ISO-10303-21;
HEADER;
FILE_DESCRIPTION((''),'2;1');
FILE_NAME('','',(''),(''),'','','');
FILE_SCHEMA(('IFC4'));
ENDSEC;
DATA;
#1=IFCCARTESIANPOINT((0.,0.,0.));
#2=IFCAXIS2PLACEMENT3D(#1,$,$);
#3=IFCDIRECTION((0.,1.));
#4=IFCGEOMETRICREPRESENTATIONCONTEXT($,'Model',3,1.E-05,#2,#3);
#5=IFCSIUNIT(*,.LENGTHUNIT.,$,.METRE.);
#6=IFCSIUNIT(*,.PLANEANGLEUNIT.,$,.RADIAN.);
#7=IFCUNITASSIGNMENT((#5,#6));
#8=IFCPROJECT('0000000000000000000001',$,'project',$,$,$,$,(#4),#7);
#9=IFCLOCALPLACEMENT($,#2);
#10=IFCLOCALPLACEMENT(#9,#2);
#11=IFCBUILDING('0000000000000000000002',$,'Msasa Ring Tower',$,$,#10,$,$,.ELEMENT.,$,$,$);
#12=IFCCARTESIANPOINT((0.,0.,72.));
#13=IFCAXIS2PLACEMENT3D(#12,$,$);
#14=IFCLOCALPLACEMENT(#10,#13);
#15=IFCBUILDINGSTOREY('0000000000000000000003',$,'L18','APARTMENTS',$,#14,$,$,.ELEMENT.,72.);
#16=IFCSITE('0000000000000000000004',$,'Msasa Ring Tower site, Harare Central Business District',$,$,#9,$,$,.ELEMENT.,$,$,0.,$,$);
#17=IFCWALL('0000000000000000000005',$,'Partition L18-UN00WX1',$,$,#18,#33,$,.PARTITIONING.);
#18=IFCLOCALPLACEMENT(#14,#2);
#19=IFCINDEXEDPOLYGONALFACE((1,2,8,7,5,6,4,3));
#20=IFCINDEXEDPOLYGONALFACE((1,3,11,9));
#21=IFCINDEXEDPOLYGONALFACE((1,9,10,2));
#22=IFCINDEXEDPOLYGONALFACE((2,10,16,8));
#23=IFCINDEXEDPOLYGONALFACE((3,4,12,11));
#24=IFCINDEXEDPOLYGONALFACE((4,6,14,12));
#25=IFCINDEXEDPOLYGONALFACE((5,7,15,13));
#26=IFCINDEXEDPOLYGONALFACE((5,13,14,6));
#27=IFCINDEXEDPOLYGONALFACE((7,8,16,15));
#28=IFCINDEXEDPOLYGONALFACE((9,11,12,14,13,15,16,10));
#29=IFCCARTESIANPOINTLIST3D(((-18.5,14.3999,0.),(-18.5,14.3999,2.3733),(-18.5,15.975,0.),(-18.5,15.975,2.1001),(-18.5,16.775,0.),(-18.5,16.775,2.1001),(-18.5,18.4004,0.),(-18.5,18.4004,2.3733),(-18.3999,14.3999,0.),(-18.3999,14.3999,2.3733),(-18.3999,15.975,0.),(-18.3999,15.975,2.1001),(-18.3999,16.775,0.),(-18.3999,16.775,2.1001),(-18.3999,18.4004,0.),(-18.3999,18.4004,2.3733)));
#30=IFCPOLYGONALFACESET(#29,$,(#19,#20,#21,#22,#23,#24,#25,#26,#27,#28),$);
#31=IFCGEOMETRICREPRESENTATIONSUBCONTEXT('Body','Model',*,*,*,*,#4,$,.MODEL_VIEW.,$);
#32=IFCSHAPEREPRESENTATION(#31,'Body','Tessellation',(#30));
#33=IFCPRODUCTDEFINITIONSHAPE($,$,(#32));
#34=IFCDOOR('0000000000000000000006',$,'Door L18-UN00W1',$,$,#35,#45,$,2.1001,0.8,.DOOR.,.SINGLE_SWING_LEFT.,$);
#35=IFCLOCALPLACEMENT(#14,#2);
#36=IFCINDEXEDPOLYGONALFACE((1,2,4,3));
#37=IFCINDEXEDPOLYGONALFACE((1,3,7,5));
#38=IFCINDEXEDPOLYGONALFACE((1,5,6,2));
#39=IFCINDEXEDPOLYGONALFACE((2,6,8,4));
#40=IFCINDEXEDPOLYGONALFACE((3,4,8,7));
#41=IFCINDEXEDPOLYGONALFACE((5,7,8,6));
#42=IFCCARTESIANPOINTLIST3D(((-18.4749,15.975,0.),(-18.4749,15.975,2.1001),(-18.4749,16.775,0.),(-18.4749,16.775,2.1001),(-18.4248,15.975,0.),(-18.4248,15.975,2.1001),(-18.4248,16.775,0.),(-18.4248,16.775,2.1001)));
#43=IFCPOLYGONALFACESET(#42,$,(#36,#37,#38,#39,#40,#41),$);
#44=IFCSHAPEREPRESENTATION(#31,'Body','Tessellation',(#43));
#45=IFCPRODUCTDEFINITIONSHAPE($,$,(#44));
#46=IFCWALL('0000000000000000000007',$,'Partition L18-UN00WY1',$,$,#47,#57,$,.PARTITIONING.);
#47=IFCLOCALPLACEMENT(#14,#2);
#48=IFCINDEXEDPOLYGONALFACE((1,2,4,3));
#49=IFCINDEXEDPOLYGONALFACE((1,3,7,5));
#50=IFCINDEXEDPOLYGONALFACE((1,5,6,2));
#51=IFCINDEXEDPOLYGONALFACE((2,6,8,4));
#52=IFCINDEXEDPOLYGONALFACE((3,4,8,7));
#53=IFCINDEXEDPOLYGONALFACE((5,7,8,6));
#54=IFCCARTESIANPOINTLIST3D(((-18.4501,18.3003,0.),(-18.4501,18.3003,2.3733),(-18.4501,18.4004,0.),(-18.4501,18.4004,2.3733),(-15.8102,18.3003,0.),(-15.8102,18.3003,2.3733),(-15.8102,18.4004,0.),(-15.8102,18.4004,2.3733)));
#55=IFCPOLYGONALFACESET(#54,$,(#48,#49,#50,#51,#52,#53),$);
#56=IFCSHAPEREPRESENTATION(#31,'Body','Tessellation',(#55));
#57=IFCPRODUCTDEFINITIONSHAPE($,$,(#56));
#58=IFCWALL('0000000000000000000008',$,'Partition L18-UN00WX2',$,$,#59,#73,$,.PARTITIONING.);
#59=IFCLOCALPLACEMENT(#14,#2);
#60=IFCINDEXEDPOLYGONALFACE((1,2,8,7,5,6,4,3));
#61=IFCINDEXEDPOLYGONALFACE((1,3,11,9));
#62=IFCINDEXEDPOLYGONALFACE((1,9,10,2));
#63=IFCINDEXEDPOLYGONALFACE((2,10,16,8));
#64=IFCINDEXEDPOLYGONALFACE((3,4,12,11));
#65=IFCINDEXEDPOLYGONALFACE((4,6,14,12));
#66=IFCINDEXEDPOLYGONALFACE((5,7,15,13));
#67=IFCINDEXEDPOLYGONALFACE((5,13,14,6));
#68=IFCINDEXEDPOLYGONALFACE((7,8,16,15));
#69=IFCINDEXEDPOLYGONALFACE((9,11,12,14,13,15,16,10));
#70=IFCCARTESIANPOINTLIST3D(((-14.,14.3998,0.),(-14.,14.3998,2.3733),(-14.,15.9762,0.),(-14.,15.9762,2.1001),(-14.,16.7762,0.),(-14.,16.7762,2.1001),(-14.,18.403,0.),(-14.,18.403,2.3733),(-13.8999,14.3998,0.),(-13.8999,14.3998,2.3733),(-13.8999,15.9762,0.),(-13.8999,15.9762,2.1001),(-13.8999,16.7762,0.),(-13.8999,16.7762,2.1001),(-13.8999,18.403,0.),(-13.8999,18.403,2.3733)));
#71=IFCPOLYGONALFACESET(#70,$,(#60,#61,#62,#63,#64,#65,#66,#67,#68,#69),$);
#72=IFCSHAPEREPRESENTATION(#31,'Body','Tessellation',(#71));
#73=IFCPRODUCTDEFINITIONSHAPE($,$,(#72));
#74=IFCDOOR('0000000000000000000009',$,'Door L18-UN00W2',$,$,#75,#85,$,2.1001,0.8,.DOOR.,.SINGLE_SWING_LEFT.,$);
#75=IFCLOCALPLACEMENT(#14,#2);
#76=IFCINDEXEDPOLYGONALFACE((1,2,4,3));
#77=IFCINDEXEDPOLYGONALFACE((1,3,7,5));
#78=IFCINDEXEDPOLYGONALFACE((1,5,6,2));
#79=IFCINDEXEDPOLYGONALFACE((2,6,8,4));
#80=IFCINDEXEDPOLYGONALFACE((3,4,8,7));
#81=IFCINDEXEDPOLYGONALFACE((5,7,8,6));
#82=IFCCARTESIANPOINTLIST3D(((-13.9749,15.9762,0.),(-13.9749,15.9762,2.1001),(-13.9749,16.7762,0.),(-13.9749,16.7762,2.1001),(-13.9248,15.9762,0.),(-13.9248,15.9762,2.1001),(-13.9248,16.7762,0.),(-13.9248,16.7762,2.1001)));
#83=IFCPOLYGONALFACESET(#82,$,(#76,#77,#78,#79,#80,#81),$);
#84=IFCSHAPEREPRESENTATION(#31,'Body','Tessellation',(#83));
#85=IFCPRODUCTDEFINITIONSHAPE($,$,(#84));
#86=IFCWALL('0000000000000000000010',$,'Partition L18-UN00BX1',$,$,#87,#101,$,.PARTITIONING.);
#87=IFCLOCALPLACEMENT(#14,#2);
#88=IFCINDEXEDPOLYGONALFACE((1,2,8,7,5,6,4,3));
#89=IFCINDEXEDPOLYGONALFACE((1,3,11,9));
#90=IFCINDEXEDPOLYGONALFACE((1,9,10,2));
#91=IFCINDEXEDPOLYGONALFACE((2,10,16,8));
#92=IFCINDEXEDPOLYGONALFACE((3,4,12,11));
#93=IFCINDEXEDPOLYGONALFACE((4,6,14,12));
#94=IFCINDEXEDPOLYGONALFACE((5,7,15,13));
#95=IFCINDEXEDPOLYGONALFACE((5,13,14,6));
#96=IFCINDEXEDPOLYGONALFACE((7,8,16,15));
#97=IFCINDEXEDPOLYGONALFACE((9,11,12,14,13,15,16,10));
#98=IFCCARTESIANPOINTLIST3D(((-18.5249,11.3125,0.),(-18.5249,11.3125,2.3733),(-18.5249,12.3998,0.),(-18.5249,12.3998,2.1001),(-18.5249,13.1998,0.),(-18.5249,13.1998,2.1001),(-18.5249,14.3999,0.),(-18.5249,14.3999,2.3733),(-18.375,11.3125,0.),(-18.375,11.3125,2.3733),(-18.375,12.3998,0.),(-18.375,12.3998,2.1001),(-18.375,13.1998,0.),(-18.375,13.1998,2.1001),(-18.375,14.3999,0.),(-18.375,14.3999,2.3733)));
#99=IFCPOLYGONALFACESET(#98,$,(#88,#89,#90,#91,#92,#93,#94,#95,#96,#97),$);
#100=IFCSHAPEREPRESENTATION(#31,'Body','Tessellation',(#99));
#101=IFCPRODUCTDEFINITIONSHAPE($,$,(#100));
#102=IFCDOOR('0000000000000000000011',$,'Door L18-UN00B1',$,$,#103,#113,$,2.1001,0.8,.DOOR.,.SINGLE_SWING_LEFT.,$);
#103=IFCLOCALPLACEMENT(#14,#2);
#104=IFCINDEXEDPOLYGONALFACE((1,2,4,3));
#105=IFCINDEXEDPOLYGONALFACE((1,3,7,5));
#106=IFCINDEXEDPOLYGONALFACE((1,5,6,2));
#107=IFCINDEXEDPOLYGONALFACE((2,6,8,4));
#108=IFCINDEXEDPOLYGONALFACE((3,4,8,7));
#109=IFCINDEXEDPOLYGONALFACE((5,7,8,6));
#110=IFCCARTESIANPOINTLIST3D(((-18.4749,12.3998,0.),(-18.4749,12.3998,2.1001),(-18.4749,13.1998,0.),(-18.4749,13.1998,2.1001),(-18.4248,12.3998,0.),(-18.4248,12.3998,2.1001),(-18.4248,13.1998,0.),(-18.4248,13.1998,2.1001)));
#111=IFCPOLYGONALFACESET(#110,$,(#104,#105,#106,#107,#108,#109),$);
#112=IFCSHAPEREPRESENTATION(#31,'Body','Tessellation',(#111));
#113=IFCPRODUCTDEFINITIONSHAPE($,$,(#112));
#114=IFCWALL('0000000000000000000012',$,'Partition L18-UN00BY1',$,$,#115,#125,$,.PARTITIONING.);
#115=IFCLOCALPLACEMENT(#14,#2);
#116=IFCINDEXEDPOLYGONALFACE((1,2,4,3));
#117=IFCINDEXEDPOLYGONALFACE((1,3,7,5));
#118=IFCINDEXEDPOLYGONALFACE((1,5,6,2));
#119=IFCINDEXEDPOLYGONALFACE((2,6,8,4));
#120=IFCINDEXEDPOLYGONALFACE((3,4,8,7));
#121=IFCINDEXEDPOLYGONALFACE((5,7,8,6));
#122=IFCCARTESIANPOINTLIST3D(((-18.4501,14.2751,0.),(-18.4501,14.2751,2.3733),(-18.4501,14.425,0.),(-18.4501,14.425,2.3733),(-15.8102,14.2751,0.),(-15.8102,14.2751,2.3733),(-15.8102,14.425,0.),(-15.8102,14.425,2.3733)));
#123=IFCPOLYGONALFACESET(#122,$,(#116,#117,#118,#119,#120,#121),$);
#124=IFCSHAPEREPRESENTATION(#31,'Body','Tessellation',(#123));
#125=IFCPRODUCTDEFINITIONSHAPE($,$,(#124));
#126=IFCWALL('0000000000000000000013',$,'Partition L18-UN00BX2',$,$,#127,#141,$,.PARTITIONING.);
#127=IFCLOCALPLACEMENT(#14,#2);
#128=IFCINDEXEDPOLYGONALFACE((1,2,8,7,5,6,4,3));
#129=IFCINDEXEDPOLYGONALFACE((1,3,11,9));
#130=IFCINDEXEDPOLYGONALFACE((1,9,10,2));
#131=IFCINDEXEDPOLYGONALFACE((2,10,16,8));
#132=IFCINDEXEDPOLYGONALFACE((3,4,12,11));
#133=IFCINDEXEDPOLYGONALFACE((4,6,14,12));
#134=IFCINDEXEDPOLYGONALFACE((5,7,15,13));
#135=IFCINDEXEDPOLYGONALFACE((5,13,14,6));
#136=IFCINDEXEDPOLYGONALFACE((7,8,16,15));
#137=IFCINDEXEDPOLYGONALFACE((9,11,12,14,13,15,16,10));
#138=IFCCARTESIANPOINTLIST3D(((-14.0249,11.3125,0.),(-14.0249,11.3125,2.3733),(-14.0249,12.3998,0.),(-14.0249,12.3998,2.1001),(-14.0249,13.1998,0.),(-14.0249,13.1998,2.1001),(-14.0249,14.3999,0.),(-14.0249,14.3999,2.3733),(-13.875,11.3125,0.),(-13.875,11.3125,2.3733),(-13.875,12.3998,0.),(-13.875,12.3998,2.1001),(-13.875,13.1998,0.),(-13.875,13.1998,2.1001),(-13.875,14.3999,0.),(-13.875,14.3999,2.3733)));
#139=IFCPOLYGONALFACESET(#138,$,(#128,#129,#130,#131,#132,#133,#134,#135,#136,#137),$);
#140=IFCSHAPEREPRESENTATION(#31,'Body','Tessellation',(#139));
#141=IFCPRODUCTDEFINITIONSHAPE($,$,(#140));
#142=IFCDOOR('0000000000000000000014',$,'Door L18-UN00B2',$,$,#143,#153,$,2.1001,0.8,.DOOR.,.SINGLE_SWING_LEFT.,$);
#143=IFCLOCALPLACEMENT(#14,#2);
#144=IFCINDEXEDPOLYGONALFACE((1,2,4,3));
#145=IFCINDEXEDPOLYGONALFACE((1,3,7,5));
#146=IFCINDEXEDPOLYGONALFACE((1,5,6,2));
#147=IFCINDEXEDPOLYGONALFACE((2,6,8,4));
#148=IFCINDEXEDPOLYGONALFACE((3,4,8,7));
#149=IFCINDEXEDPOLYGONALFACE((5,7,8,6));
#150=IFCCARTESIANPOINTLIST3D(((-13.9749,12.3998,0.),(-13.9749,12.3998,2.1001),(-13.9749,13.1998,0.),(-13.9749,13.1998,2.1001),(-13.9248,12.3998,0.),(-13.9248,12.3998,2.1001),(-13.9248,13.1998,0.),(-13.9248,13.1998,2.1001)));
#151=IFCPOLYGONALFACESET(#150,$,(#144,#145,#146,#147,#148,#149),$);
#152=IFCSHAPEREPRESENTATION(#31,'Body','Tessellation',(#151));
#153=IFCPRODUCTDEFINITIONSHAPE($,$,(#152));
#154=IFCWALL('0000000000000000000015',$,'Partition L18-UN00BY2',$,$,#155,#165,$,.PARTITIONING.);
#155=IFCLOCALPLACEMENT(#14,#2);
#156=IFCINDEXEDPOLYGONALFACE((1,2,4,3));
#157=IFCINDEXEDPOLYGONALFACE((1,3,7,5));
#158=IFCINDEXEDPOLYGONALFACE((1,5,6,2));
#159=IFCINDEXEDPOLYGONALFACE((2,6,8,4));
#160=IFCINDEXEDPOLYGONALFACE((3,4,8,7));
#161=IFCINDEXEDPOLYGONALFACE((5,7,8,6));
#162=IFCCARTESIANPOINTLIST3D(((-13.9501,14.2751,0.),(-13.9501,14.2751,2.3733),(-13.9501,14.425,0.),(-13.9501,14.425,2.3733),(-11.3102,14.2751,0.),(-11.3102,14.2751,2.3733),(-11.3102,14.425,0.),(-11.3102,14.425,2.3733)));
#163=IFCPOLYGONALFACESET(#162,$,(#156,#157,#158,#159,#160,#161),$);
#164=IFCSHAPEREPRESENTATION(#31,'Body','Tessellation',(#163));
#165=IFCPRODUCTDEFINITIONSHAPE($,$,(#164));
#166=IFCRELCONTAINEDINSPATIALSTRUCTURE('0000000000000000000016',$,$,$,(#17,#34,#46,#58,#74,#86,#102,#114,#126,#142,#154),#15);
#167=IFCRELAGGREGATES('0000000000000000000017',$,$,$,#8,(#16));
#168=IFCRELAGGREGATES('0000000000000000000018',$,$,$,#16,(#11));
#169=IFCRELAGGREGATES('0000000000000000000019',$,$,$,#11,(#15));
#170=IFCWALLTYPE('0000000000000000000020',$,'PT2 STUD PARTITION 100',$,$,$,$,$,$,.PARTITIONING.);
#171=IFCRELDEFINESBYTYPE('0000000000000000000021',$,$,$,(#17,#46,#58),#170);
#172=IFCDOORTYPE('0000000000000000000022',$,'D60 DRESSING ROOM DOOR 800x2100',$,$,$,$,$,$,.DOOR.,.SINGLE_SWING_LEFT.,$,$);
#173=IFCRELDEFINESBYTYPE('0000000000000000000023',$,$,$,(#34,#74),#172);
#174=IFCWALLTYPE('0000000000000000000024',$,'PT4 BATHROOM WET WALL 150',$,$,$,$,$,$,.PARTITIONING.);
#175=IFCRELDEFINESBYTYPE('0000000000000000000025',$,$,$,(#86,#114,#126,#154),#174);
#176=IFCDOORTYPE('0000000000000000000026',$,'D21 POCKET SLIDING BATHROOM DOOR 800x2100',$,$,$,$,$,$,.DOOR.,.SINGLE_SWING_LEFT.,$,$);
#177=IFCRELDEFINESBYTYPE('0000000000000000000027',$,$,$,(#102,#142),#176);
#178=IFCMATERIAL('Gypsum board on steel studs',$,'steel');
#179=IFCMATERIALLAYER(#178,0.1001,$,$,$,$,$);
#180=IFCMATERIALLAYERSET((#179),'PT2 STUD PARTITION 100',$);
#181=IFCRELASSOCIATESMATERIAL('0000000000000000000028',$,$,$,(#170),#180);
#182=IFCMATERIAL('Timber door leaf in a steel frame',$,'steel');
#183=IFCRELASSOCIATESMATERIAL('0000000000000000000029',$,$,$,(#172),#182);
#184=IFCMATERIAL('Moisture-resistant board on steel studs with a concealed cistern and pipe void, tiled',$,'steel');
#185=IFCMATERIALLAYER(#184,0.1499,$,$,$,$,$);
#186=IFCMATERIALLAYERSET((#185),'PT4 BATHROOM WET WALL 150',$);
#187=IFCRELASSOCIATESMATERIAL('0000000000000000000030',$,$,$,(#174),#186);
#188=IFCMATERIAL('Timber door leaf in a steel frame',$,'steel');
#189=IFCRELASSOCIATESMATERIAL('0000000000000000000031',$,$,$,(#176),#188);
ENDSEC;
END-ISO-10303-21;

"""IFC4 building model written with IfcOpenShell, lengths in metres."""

from ifc_helpers import new_model, si_unit, direction, frame, frame_2d, origin, place, context, subcontext, project, spatial, rectangle, extrude, material, layer, layer_set, type_object, element, fill, save


model = new_model("IFC4")

# Units and contexts
model_context = context("Model", 3, precision=1e-05, world=origin(), true_north=direction((0.0, 1.0)))
body_context = subcontext(model_context, "Body", "Model", "MODEL_VIEW")
ifc_project = project(units=[si_unit("LENGTHUNIT", "METRE"), si_unit("PLANEANGLEUNIT", "RADIAN")], contexts=[model_context])

# Site, building, storey
site_placement = place(None, origin())
site = spatial("IfcSite", under=ifc_project, at=site_placement, Name="Msasa Ring Tower site, Harare Central Business District", CompositionType="ELEMENT", RefElevation=0.0)
building_placement = place(site_placement, origin())
building = spatial("IfcBuilding", under=site, at=building_placement, Name="Msasa Ring Tower", CompositionType="ELEMENT")
storey_placement = place(building_placement, frame((0.0, 0.0, 72.0)))
storey = spatial("IfcBuildingStorey", under=building, at=storey_placement, Name="L18", Description="APARTMENTS", CompositionType="ELEMENT", Elevation=72.0)

# Shared definitions
ifc_material_1 = material(Name="Gypsum board on steel studs", Category="steel")
ifc_layer_1 = layer(ifc_material_1, 0.1001)
ifc_layer_set_1 = layer_set([ifc_layer_1], Name="PT2 STUD PARTITION 100")
wall_type_1 = type_object("IfcWallType", Name="PT2 STUD PARTITION 100", PredefinedType="PARTITIONING", material=ifc_layer_set_1)

# Wall, opening, door
wall_1_placement = place(storey_placement, frame((-18.45, 14.3999, 0.0), z_axis=(0.0, 0.0, 1.0), x_axis=(0.0, 1.0, 0.0)))
wall_1 = element("IfcWall", 1, at=wall_1_placement, inside=storey, type_object=wall_type_1, Name="Partition L18-UN00WX1", PredefinedType="PARTITIONING", context=body_context, shape_type="SweptSolid", body=[
    extrude(rectangle(XDim=4.0005, YDim=0.1001, at=frame_2d((2.0002, 0.0))), origin(), (0.0, 0.0, 1.0), 2.3733),
])
opening_1_placement = place(wall_1_placement, frame((1.5752, 0.0, 0.0)))
opening_1 = element("IfcOpeningElement", 2, at=opening_1_placement, cuts=wall_1, PredefinedType="OPENING", context=body_context, shape_type="SweptSolid", body=[
    extrude(rectangle(XDim=0.8, YDim=2.1001, at=frame_2d((0.3999, 1.05))), frame((0.0, 0.0601, 0.0), z_axis=(0.0, -1.0, 0.0), x_axis=(1.0, 0.0, 0.0)), (0.0, 0.0, 1.0), 0.1201),
])
ifc_material_2 = material(Name="Timber door leaf in a steel frame", Category="steel")
door_type_1 = type_object("IfcDoorType", Name="D60 DRESSING ROOM DOOR 800x2100", OperationType="SINGLE_SWING_LEFT", PredefinedType="DOOR", material=ifc_material_2)
door_1_placement = place(opening_1_placement, origin())
door_1 = element("IfcDoor", 3, at=door_1_placement, inside=storey, type_object=door_type_1, Name="Door L18-UN00W1", OperationType="SINGLE_SWING_LEFT", OverallHeight=2.1001, OverallWidth=0.8, PredefinedType="DOOR", context=body_context, shape_type="SweptSolid", body=[
    extrude(rectangle(XDim=0.8, YDim=2.1001, at=frame_2d((0.3999, 1.05))), frame((0.0, 0.0249, 0.0), z_axis=(0.0, -1.0, 0.0), x_axis=(1.0, 0.0, 0.0)), (0.0, 0.0, 1.0), 0.05),
])
fill(opening_1, door_1)

# Wall
wall_2_placement = place(storey_placement, frame((-18.45, 18.3503, 0.0), z_axis=(0.0, 0.0, 1.0), x_axis=(1.0, 0.0, 0.0)))
element("IfcWall", 4, at=wall_2_placement, inside=storey, type_object=wall_type_1, Name="Partition L18-UN00WY1", PredefinedType="PARTITIONING", context=body_context, shape_type="SweptSolid", body=[
    extrude(rectangle(XDim=2.6399, YDim=0.1001, at=frame_2d((1.3198, 0.0))), origin(), (0.0, 0.0, 1.0), 2.3733),
])

# Walls, openings, doors
wall_3_placement = place(storey_placement, frame((-13.95, 14.3999, 0.0), z_axis=(0.0, 0.0, 1.0), x_axis=(0.0, 1.0, 0.0)))
wall_3 = element("IfcWall", 5, at=wall_3_placement, inside=storey, type_object=wall_type_1, Name="Partition L18-UN00WX2", PredefinedType="PARTITIONING", context=body_context, shape_type="SweptSolid", body=[
    extrude(rectangle(XDim=4.0032, YDim=0.1001, at=frame_2d((2.0015, 0.0))), origin(), (0.0, 0.0, 1.0), 2.3733),
])
opening_2_placement = place(wall_3_placement, frame((1.5764, 0.0, 0.0)))
opening_2 = element("IfcOpeningElement", 6, at=opening_2_placement, cuts=wall_3, PredefinedType="OPENING", context=body_context, shape_type="SweptSolid", body=[
    extrude(rectangle(XDim=0.8, YDim=2.1001, at=frame_2d((0.3999, 1.05))), frame((0.0, 0.0601, 0.0), z_axis=(0.0, -1.0, 0.0), x_axis=(1.0, 0.0, 0.0)), (0.0, 0.0, 1.0), 0.1201),
])
door_2_placement = place(opening_2_placement, origin())
door_2 = element("IfcDoor", 7, at=door_2_placement, inside=storey, type_object=door_type_1, Name="Door L18-UN00W2", OperationType="SINGLE_SWING_LEFT", OverallHeight=2.1001, OverallWidth=0.8, PredefinedType="DOOR", context=body_context, shape_type="SweptSolid", body=[
    extrude(rectangle(XDim=0.8, YDim=2.1001, at=frame_2d((0.3999, 1.05))), frame((0.0, 0.0249, 0.0), z_axis=(0.0, -1.0, 0.0), x_axis=(1.0, 0.0, 0.0)), (0.0, 0.0, 1.0), 0.05),
])
fill(opening_2, door_2)
ifc_material_3 = material(Name="Moisture-resistant board on steel studs with a concealed cistern and pipe void, tiled", Category="steel")
ifc_layer_2 = layer(ifc_material_3, 0.1499)
ifc_layer_set_2 = layer_set([ifc_layer_2], Name="PT4 BATHROOM WET WALL 150")
wall_type_2 = type_object("IfcWallType", Name="PT4 BATHROOM WET WALL 150", PredefinedType="PARTITIONING", material=ifc_layer_set_2)
wall_4_placement = place(storey_placement, frame((-18.45, 11.3125, 0.0), z_axis=(0.0, 0.0, 1.0), x_axis=(0.0, 1.0, 0.0)))
wall_4 = element("IfcWall", 8, at=wall_4_placement, inside=storey, type_object=wall_type_2, Name="Partition L18-UN00BX1", PredefinedType="PARTITIONING", context=body_context, shape_type="SweptSolid", body=[
    extrude(rectangle(XDim=3.0874, YDim=0.1499, at=frame_2d((1.5437, 0.0))), origin(), (0.0, 0.0, 1.0), 2.3733),
])
opening_3_placement = place(wall_4_placement, frame((1.0874, 0.0, 0.0)))
opening_3 = element("IfcOpeningElement", 9, at=opening_3_placement, cuts=wall_4, PredefinedType="OPENING", context=body_context, shape_type="SweptSolid", body=[
    extrude(rectangle(XDim=0.8, YDim=2.1001, at=frame_2d((0.3999, 1.05))), frame((0.0, 0.085, 0.0), z_axis=(0.0, -1.0, 0.0), x_axis=(1.0, 0.0, 0.0)), (0.0, 0.0, 1.0), 0.1699),
])
ifc_material_4 = material(Name="Timber door leaf in a steel frame", Category="steel")
door_type_2 = type_object("IfcDoorType", Name="D21 POCKET SLIDING BATHROOM DOOR 800x2100", OperationType="SINGLE_SWING_LEFT", PredefinedType="DOOR", material=ifc_material_4)
door_3_placement = place(opening_3_placement, origin())
door_3 = element("IfcDoor", 10, at=door_3_placement, inside=storey, type_object=door_type_2, Name="Door L18-UN00B1", OperationType="SINGLE_SWING_LEFT", OverallHeight=2.1001, OverallWidth=0.8, PredefinedType="DOOR", context=body_context, shape_type="SweptSolid", body=[
    extrude(rectangle(XDim=0.8, YDim=2.1001, at=frame_2d((0.3999, 1.05))), frame((0.0, 0.0249, 0.0), z_axis=(0.0, -1.0, 0.0), x_axis=(1.0, 0.0, 0.0)), (0.0, 0.0, 1.0), 0.05),
])
fill(opening_3, door_3)

# Wall
wall_5_placement = place(storey_placement, frame((-18.45, 14.3501, 0.0), z_axis=(0.0, 0.0, 1.0), x_axis=(1.0, 0.0, 0.0)))
element("IfcWall", 11, at=wall_5_placement, inside=storey, type_object=wall_type_2, Name="Partition L18-UN00BY1", PredefinedType="PARTITIONING", context=body_context, shape_type="SweptSolid", body=[
    extrude(rectangle(XDim=2.6399, YDim=0.1499, at=frame_2d((1.3198, 0.0))), origin(), (0.0, 0.0, 1.0), 2.3733),
])

# Wall, opening, door
wall_6_placement = place(storey_placement, frame((-13.95, 11.3125, 0.0), z_axis=(0.0, 0.0, 1.0), x_axis=(0.0, 1.0, 0.0)))
wall_6 = element("IfcWall", 12, at=wall_6_placement, inside=storey, type_object=wall_type_2, Name="Partition L18-UN00BX2", PredefinedType="PARTITIONING", context=body_context, shape_type="SweptSolid", body=[
    extrude(rectangle(XDim=3.0874, YDim=0.1499, at=frame_2d((1.5437, 0.0))), origin(), (0.0, 0.0, 1.0), 2.3733),
])
opening_4_placement = place(wall_6_placement, frame((1.0874, 0.0, 0.0)))
opening_4 = element("IfcOpeningElement", 13, at=opening_4_placement, cuts=wall_6, PredefinedType="OPENING", context=body_context, shape_type="SweptSolid", body=[
    extrude(rectangle(XDim=0.8, YDim=2.1001, at=frame_2d((0.3999, 1.05))), frame((0.0, 0.085, 0.0), z_axis=(0.0, -1.0, 0.0), x_axis=(1.0, 0.0, 0.0)), (0.0, 0.0, 1.0), 0.1699),
])
door_4_placement = place(opening_4_placement, origin())
door_4 = element("IfcDoor", 14, at=door_4_placement, inside=storey, type_object=door_type_2, Name="Door L18-UN00B2", OperationType="SINGLE_SWING_LEFT", OverallHeight=2.1001, OverallWidth=0.8, PredefinedType="DOOR", context=body_context, shape_type="SweptSolid", body=[
    extrude(rectangle(XDim=0.8, YDim=2.1001, at=frame_2d((0.3999, 1.05))), frame((0.0, 0.0249, 0.0), z_axis=(0.0, -1.0, 0.0), x_axis=(1.0, 0.0, 0.0)), (0.0, 0.0, 1.0), 0.05),
])
fill(opening_4, door_4)

# Wall
wall_7_placement = place(storey_placement, frame((-13.95, 14.3501, 0.0), z_axis=(0.0, 0.0, 1.0), x_axis=(1.0, 0.0, 0.0)))
element("IfcWall", 15, at=wall_7_placement, inside=storey, type_object=wall_type_2, Name="Partition L18-UN00BY2", PredefinedType="PARTITIONING", context=body_context, shape_type="SweptSolid", body=[
    extrude(rectangle(XDim=2.6399, YDim=0.1499, at=frame_2d((1.3198, 0.0))), origin(), (0.0, 0.0, 1.0), 2.3733),
])

save(model, "model.ifc")
